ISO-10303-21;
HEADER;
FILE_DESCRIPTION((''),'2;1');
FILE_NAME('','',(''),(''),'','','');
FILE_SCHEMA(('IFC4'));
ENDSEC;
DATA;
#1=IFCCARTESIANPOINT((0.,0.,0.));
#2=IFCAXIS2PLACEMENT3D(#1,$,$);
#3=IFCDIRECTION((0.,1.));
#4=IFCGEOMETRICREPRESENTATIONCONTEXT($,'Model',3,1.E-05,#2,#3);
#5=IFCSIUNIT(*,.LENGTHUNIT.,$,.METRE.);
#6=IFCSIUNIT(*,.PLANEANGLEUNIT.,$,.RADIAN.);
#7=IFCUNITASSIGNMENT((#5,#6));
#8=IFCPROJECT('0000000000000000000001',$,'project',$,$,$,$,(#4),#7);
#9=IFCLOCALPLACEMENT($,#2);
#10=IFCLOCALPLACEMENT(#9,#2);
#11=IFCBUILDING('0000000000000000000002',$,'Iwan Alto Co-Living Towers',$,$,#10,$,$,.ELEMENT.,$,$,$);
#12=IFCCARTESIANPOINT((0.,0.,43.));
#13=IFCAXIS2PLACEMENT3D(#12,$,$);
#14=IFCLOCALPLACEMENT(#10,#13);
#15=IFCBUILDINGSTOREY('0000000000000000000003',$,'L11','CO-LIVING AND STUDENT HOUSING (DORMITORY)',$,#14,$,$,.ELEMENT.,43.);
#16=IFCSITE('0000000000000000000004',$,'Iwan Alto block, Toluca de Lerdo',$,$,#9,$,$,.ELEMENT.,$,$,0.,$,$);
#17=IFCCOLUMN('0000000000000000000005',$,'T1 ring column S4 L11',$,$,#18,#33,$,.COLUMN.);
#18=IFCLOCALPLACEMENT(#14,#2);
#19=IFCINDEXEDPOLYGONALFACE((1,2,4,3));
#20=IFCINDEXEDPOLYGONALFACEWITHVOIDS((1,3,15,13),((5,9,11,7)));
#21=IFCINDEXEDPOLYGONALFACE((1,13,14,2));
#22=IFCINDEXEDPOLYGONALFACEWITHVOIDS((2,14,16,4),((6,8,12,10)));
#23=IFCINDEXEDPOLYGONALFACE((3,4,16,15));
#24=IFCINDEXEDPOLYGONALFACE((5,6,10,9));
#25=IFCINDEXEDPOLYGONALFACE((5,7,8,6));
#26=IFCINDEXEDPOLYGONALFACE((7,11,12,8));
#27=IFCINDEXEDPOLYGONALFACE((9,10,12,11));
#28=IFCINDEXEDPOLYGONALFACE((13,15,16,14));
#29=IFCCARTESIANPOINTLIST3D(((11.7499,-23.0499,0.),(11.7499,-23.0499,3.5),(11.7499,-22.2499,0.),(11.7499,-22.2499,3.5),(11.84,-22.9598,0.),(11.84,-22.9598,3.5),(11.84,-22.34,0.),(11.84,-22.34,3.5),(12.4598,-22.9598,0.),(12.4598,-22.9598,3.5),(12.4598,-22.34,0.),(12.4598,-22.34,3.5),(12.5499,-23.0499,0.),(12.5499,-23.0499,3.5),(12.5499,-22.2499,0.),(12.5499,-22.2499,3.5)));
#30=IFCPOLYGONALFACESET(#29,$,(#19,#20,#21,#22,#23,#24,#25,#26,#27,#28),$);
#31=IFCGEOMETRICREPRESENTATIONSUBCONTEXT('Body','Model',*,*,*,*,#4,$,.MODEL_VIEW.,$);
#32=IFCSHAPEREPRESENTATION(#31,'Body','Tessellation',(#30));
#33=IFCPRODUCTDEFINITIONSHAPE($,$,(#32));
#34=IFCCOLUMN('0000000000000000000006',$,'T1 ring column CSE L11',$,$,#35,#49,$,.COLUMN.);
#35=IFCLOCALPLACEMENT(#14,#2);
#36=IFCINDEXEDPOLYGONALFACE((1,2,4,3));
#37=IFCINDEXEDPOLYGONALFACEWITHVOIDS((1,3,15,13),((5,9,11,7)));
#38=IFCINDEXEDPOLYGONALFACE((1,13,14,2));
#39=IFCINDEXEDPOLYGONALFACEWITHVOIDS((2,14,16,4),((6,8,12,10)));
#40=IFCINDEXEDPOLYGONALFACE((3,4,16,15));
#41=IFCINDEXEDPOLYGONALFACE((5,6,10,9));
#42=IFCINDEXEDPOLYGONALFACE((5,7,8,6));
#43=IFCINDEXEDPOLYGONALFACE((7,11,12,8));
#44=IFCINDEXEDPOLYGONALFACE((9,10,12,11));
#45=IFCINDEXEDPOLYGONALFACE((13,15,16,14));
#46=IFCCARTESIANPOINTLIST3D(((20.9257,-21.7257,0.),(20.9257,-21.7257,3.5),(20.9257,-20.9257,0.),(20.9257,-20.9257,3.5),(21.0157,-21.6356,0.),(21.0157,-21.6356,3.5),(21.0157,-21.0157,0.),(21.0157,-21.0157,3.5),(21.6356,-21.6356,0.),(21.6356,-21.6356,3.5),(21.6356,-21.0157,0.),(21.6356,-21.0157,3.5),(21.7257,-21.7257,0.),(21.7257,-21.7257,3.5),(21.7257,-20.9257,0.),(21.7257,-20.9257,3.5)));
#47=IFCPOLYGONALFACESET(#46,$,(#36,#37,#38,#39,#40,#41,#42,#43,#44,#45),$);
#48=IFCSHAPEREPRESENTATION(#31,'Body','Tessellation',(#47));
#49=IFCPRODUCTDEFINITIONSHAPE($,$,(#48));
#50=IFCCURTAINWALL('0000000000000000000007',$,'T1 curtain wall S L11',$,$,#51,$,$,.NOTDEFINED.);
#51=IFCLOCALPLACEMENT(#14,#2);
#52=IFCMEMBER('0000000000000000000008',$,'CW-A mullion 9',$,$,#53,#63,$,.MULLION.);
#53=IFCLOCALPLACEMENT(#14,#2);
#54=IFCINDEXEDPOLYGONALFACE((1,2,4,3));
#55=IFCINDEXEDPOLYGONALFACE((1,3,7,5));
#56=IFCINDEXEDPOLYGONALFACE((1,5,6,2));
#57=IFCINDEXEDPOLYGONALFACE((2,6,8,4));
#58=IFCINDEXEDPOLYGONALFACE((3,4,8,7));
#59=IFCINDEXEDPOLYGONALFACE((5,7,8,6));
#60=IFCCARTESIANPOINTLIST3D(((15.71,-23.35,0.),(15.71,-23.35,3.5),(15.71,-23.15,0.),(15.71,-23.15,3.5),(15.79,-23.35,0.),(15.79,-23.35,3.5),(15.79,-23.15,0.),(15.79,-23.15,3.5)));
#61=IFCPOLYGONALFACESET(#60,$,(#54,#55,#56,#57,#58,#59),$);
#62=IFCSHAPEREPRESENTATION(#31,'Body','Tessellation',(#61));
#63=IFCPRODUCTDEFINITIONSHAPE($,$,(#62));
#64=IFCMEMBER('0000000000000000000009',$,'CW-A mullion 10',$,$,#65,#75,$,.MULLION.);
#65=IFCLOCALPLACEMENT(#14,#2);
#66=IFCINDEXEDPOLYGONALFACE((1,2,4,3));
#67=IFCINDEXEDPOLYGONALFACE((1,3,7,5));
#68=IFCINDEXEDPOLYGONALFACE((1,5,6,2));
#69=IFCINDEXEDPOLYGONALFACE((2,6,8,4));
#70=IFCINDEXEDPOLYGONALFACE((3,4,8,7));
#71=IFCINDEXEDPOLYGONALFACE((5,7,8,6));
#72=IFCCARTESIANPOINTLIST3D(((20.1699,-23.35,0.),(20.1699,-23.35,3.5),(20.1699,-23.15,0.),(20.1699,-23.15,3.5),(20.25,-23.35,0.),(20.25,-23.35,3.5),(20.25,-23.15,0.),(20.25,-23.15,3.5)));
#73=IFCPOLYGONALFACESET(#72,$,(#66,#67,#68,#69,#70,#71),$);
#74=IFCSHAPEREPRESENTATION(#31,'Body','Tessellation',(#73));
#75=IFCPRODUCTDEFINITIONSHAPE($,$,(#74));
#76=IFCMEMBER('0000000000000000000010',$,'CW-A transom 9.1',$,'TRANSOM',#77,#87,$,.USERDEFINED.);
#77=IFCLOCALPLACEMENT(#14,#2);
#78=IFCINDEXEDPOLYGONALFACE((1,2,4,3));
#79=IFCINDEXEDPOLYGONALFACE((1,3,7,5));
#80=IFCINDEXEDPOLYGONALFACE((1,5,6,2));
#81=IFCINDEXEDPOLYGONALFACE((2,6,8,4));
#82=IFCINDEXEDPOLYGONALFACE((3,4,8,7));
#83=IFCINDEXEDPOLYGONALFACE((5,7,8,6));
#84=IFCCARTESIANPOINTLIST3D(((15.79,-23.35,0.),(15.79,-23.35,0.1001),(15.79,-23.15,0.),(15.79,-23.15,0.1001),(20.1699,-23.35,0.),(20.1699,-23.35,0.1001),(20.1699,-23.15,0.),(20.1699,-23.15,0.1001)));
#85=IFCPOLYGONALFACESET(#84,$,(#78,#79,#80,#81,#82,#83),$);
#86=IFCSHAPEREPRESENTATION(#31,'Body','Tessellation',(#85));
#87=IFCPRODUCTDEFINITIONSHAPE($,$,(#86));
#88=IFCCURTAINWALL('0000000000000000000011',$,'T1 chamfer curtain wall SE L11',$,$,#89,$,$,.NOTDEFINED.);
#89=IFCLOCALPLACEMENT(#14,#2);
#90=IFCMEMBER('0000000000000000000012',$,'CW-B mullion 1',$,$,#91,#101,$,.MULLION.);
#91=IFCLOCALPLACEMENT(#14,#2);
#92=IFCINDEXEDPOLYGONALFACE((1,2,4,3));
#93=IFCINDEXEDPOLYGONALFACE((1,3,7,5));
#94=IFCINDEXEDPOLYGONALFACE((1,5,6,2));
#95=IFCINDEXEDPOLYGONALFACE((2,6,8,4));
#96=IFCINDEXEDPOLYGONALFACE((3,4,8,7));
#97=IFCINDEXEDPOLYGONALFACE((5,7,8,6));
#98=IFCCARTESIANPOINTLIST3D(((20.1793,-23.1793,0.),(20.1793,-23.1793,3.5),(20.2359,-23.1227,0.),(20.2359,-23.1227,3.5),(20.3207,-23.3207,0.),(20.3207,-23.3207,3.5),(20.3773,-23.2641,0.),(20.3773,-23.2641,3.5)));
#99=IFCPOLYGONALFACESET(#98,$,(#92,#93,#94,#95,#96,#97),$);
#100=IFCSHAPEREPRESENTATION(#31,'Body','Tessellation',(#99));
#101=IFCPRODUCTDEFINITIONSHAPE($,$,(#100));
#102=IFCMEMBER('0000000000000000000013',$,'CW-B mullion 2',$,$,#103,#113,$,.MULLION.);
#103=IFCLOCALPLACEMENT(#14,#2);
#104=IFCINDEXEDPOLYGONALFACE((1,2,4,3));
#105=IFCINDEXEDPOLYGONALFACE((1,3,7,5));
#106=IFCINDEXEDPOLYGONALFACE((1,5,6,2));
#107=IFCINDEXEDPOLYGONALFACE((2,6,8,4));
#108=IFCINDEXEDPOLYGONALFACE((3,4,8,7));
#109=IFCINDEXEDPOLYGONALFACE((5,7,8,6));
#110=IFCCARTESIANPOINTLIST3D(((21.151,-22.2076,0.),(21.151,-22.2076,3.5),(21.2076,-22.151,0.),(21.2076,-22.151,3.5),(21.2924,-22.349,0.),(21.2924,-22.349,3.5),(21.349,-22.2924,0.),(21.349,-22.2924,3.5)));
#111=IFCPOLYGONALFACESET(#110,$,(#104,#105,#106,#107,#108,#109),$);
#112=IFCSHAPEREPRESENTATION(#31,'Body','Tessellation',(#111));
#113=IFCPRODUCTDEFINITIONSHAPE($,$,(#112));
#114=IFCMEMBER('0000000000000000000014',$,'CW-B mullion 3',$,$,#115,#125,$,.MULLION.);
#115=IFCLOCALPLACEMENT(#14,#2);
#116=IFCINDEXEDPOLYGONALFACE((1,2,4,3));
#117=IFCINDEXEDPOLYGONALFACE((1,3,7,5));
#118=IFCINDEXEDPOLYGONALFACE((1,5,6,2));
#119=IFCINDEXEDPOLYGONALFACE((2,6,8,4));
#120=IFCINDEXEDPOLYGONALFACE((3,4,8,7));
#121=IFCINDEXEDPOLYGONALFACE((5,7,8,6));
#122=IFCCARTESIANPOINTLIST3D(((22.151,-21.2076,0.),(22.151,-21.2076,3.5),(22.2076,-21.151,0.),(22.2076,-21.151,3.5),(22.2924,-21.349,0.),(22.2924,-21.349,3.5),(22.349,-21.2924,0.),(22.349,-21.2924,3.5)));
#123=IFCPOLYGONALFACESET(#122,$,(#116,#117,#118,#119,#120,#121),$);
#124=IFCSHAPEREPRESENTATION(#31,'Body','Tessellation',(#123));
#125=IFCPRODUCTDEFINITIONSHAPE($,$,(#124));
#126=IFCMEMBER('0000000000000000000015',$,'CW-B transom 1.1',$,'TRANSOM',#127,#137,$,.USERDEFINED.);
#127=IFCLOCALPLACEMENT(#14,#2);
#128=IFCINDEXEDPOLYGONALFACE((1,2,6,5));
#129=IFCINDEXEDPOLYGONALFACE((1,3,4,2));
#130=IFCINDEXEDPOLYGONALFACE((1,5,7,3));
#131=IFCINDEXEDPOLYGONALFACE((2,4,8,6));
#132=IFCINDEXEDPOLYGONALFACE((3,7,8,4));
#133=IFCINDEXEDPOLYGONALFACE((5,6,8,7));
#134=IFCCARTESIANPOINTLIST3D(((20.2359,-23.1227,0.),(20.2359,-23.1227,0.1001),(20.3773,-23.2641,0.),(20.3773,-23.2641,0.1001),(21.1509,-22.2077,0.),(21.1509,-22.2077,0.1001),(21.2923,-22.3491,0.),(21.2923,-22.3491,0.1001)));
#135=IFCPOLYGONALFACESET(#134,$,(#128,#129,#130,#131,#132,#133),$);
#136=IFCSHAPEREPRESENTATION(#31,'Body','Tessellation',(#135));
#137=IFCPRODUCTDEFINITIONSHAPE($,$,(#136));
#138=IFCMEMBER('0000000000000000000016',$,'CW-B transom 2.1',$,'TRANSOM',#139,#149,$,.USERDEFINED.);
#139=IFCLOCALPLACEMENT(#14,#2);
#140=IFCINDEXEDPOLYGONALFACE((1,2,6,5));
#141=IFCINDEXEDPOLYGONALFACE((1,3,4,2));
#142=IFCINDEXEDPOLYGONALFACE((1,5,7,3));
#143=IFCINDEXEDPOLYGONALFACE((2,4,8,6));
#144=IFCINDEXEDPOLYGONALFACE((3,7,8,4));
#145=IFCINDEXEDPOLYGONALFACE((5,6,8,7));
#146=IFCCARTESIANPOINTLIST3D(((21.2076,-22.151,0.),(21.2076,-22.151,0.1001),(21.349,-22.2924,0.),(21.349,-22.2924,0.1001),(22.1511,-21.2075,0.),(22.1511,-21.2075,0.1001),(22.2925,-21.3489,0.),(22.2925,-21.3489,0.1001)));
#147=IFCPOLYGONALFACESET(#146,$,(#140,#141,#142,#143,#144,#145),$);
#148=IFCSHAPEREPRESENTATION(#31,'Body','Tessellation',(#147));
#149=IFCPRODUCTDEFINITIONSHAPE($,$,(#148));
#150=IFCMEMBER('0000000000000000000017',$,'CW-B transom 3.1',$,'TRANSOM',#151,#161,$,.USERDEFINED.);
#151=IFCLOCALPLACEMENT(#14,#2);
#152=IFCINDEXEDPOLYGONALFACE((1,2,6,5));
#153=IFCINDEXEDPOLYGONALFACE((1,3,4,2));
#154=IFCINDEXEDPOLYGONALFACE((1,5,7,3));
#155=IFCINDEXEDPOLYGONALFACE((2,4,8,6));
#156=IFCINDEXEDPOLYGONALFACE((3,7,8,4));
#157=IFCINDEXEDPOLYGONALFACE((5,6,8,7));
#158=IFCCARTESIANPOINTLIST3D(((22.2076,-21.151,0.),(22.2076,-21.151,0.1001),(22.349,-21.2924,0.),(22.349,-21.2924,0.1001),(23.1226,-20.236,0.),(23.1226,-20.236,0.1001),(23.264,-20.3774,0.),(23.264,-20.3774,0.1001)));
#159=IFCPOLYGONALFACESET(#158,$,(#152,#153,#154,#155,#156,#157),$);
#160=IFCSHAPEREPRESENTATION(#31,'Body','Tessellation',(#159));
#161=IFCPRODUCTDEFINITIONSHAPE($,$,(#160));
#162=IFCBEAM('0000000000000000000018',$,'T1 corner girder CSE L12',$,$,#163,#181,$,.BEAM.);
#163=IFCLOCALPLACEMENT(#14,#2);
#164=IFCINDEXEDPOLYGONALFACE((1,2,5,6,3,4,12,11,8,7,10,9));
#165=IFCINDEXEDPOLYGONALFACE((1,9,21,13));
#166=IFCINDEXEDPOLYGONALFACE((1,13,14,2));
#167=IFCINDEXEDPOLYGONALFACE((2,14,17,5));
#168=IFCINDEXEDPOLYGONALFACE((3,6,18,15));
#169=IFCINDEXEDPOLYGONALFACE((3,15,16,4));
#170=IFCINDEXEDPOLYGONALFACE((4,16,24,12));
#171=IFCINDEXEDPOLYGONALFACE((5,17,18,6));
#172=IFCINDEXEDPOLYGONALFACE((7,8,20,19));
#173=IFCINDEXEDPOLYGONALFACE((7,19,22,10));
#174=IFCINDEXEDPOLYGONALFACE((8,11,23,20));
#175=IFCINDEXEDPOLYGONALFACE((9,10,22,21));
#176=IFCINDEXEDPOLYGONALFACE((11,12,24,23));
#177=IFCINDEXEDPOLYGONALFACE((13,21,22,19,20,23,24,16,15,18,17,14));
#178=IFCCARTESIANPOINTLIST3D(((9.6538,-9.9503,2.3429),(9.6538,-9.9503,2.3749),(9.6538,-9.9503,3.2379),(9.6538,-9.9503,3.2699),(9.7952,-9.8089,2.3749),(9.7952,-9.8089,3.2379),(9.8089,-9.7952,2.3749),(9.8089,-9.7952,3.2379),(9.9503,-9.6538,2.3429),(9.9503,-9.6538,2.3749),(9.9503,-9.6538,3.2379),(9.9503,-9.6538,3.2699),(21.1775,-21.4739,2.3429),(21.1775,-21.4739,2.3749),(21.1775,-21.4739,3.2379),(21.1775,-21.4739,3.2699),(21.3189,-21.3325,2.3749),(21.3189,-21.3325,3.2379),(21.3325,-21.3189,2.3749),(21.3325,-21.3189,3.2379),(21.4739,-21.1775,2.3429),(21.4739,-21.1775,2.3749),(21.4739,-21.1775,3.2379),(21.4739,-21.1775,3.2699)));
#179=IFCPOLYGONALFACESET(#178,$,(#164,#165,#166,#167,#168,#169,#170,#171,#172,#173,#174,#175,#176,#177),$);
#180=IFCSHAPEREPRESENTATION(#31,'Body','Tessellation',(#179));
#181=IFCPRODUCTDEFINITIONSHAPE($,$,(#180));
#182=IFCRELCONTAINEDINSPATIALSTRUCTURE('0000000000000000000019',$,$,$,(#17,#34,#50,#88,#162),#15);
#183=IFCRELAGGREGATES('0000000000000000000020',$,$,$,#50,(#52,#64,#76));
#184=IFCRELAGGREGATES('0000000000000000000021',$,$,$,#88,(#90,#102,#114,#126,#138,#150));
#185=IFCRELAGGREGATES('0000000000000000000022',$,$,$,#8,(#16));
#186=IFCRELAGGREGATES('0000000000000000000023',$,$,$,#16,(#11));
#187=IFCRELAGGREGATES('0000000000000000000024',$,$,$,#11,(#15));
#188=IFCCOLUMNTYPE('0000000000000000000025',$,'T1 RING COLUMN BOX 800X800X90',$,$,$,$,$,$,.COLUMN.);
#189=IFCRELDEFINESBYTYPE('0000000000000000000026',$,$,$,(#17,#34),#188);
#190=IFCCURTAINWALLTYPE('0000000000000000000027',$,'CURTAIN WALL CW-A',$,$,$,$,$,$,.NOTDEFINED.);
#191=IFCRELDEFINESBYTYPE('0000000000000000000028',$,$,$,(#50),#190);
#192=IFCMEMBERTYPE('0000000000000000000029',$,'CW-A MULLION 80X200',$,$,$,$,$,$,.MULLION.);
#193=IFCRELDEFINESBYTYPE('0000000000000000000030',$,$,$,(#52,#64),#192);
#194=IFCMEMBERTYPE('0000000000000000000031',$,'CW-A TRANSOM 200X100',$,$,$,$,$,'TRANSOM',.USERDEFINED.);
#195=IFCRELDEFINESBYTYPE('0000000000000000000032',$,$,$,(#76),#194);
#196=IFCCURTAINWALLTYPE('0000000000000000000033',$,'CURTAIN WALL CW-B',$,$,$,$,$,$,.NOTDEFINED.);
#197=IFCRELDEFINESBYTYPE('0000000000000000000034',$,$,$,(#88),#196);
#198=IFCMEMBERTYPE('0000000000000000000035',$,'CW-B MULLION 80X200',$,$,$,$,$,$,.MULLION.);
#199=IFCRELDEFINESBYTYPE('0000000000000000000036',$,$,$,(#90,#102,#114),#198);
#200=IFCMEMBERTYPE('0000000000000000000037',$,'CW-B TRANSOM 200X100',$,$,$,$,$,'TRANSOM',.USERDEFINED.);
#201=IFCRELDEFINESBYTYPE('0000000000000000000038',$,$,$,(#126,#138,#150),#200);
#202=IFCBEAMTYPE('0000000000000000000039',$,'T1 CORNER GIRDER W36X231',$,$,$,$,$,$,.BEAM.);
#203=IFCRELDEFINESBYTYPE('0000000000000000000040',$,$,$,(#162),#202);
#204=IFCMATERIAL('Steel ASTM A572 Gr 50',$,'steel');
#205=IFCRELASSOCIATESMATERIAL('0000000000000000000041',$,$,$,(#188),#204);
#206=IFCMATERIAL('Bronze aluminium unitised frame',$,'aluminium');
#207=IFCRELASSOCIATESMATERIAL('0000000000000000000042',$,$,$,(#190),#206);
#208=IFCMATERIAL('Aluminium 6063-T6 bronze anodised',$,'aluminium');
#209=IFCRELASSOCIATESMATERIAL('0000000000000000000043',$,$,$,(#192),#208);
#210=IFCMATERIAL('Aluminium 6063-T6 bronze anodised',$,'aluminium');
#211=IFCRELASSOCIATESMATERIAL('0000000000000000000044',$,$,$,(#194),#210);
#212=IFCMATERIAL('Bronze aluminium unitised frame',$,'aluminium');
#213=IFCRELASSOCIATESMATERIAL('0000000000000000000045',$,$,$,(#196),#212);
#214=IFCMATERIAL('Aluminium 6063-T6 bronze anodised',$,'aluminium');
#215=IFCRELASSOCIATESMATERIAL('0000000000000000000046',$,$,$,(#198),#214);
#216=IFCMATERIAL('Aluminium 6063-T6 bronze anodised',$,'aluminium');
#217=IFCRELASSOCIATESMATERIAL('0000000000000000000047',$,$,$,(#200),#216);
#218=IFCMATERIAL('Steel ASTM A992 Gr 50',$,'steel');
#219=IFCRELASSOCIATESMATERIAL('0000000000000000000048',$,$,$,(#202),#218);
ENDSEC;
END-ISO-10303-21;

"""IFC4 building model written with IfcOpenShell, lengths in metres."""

from ifc_helpers import new_model, si_unit, direction, frame, origin, origin_2d, place, context, subcontext, project, spatial, rectangle, hollow_rectangle, i_section, extrude, material, material_profile, profile_set, type_object, element, aggregate, save


model = new_model("IFC4")

# Units and contexts
model_context = context("Model", 3, precision=1e-05, world=origin(), true_north=direction((0.0, 1.0)))
body_context = subcontext(model_context, "Body", "Model", "MODEL_VIEW")
ifc_project = project(units=[si_unit("LENGTHUNIT", "METRE"), si_unit("PLANEANGLEUNIT", "RADIAN")], contexts=[model_context])

# Site, building, storey
site_placement = place(None, origin())
site = spatial("IfcSite", under=ifc_project, at=site_placement, Name="Iwan Alto block, Toluca de Lerdo", CompositionType="ELEMENT", RefElevation=0.0)
building_placement = place(site_placement, origin())
building = spatial("IfcBuilding", under=site, at=building_placement, Name="Iwan Alto Co-Living Towers", CompositionType="ELEMENT")
storey_placement = place(building_placement, frame((0.0, 0.0, 43.0)))
storey = spatial("IfcBuildingStorey", under=building, at=storey_placement, Name="L11", Description="CO-LIVING AND STUDENT HOUSING (DORMITORY)", CompositionType="ELEMENT", Elevation=43.0)

# Columns
ifc_material_1 = material(Name="Steel ASTM A572 Gr 50", Category="steel")
ifc_material_profile_1 = material_profile(ifc_material_1, hollow_rectangle(XDim=0.8, YDim=0.8, WallThickness=0.0901, at=origin_2d()), Name="BOX 800X800X90")
ifc_profile_set_1 = profile_set([ifc_material_profile_1], Name="Steel ASTM A572 Gr 50")
column_type = type_object("IfcColumnType", Name="T1 RING COLUMN BOX 800X800X90", PredefinedType="COLUMN", material=ifc_profile_set_1)
for number, where, z_axis, x_axis, name in (
    (1, (12.1499, -22.6499, 0.0), (0.0, 0.0, 1.0), (1.0, 0.0, 0.0), "T1 ring column S4 L11"),
    (2, (21.3257, -21.3257, 0.0), (0.0, 0.0, 1.0), (1.0, 0.0, 0.0), "T1 ring column CSE L11"),
):
    element("IfcColumn", number, at=place(storey_placement, frame(where, z_axis=z_axis, x_axis=x_axis)), inside=storey, type_object=column_type, Name=name, PredefinedType="COLUMN", context=body_context, shape_type="SweptSolid", body=[
        extrude(hollow_rectangle(XDim=0.8, YDim=0.8, WallThickness=0.0901, at=origin_2d()), origin(), (0.0, 0.0, 1.0), 3.5),
    ])

# Curtain walls, members
ifc_material_2 = material(Name="Bronze aluminium unitised frame", Category="aluminium")
curtain_wall_type_1 = type_object("IfcCurtainWallType", Name="CURTAIN WALL CW-A", PredefinedType="NOTDEFINED", material=ifc_material_2)
curtain_wall_1_placement = place(storey_placement, origin())
curtain_wall_1 = element("IfcCurtainWall", 3, at=curtain_wall_1_placement, inside=storey, type_object=curtain_wall_type_1, Name="T1 curtain wall S L11", PredefinedType="NOTDEFINED")
ifc_material_3 = material(Name="Aluminium 6063-T6 bronze anodised", Category="aluminium")
ifc_material_profile_2 = material_profile(ifc_material_3, rectangle(XDim=0.2, YDim=0.0801, at=origin_2d()), Name="AL 80X200")
ifc_profile_set_2 = profile_set([ifc_material_profile_2], Name="Aluminium 6063-T6 bronze anodised")
member_type_1 = type_object("IfcMemberType", Name="CW-A MULLION 80X200", PredefinedType="MULLION", material=ifc_profile_set_2)
member_1_placement = place(storey_placement, frame((15.75, -23.25, 0.0), z_axis=(0.0, 0.0, 1.0), x_axis=(0.0, 1.0, 0.0)))
member_1 = element("IfcMember", 4, at=member_1_placement, type_object=member_type_1, Name="CW-A mullion 9", PredefinedType="MULLION", context=body_context, shape_type="SweptSolid", body=[
    extrude(rectangle(XDim=0.2, YDim=0.0801, at=origin_2d()), origin(), (0.0, 0.0, 1.0), 3.5),
])
member_2_placement = place(storey_placement, frame((20.21, -23.25, 0.0), z_axis=(0.0, 0.0, 1.0), x_axis=(0.0, 1.0, 0.0)))
member_2 = element("IfcMember", 5, at=member_2_placement, type_object=member_type_1, Name="CW-A mullion 10", PredefinedType="MULLION", context=body_context, shape_type="SweptSolid", body=[
    extrude(rectangle(XDim=0.2, YDim=0.0801, at=origin_2d()), origin(), (0.0, 0.0, 1.0), 3.5),
])
ifc_material_4 = material(Name="Aluminium 6063-T6 bronze anodised", Category="aluminium")
ifc_material_profile_3 = material_profile(ifc_material_4, rectangle(XDim=0.2, YDim=0.1001, at=origin_2d()), Name="AL 200X100")
ifc_profile_set_3 = profile_set([ifc_material_profile_3], Name="Aluminium 6063-T6 bronze anodised")
member_type_2 = type_object("IfcMemberType", Name="CW-A TRANSOM 200X100", ElementType="TRANSOM", PredefinedType="USERDEFINED", material=ifc_profile_set_3)
member_3_placement = place(storey_placement, frame((15.79, -23.25, 0.05), z_axis=(1.0, 0.0, 0.0), x_axis=(0.0, 1.0, 0.0)))
member_3 = element("IfcMember", 6, at=member_3_placement, type_object=member_type_2, Name="CW-A transom 9.1", ObjectType="TRANSOM", PredefinedType="USERDEFINED", context=body_context, shape_type="SweptSolid", body=[
    extrude(rectangle(XDim=0.2, YDim=0.1001, at=origin_2d()), origin(), (0.0, 0.0, 1.0), 4.3799),
])
ifc_material_5 = material(Name="Bronze aluminium unitised frame", Category="aluminium")
curtain_wall_type_2 = type_object("IfcCurtainWallType", Name="CURTAIN WALL CW-B", PredefinedType="NOTDEFINED", material=ifc_material_5)
curtain_wall_2_placement = place(storey_placement, origin())
curtain_wall_2 = element("IfcCurtainWall", 7, at=curtain_wall_2_placement, inside=storey, type_object=curtain_wall_type_2, Name="T1 chamfer curtain wall SE L11", PredefinedType="NOTDEFINED")
ifc_material_6 = material(Name="Aluminium 6063-T6 bronze anodised", Category="aluminium")
ifc_material_profile_4 = material_profile(ifc_material_6, rectangle(XDim=0.2, YDim=0.0801, at=origin_2d()), Name="AL 80X200")
ifc_profile_set_4 = profile_set([ifc_material_profile_4], Name="Aluminium 6063-T6 bronze anodised")
member_type_3 = type_object("IfcMemberType", Name="CW-B MULLION 80X200", PredefinedType="MULLION", material=ifc_profile_set_4)
member_4_placement = place(storey_placement, frame((20.2783, -23.2217, 0.0), z_axis=(0.0, 0.0, 1.0), x_axis=(-0.707107, 0.707107, 0.0)))
member_4 = element("IfcMember", 8, at=member_4_placement, type_object=member_type_3, Name="CW-B mullion 1", PredefinedType="MULLION", context=body_context, shape_type="SweptSolid", body=[
    extrude(rectangle(XDim=0.2, YDim=0.0801, at=origin_2d()), origin(), (0.0, 0.0, 1.0), 3.5),
])
member_5_placement = place(storey_placement, frame((21.25, -22.25, 0.0), z_axis=(0.0, 0.0, 1.0), x_axis=(-0.707107, 0.707107, 0.0)))
member_5 = element("IfcMember", 9, at=member_5_placement, type_object=member_type_3, Name="CW-B mullion 2", PredefinedType="MULLION", context=body_context, shape_type="SweptSolid", body=[
    extrude(rectangle(XDim=0.2, YDim=0.0801, at=origin_2d()), origin(), (0.0, 0.0, 1.0), 3.5),
])
member_6_placement = place(storey_placement, frame((22.25, -21.25, 0.0), z_axis=(0.0, 0.0, 1.0), x_axis=(-0.707107, 0.707107, 0.0)))
member_6 = element("IfcMember", 10, at=member_6_placement, type_object=member_type_3, Name="CW-B mullion 3", PredefinedType="MULLION", context=body_context, shape_type="SweptSolid", body=[
    extrude(rectangle(XDim=0.2, YDim=0.0801, at=origin_2d()), origin(), (0.0, 0.0, 1.0), 3.5),
])
ifc_material_7 = material(Name="Aluminium 6063-T6 bronze anodised", Category="aluminium")
ifc_material_profile_5 = material_profile(ifc_material_7, rectangle(XDim=0.2, YDim=0.1001, at=origin_2d()), Name="AL 200X100")
ifc_profile_set_5 = profile_set([ifc_material_profile_5], Name="Aluminium 6063-T6 bronze anodised")
member_type_4 = type_object("IfcMemberType", Name="CW-B TRANSOM 200X100", ElementType="TRANSOM", PredefinedType="USERDEFINED", material=ifc_profile_set_5)
member_7_placement = place(storey_placement, frame((20.3066, -23.1934, 0.05), z_axis=(0.707107, 0.707107, 0.0), x_axis=(-0.707107, 0.707107, 0.0)))
member_7 = element("IfcMember", 11, at=member_7_placement, type_object=member_type_4, Name="CW-B transom 1.1", ObjectType="TRANSOM", PredefinedType="USERDEFINED", context=body_context, shape_type="SweptSolid", body=[
    extrude(rectangle(XDim=0.2, YDim=0.1001, at=origin_2d()), origin(), (0.0, 0.0, 1.0), 1.2939),
])
member_8_placement = place(storey_placement, frame((21.2783, -22.2217, 0.05), z_axis=(0.707107, 0.707107, 0.0), x_axis=(-0.707107, 0.707107, 0.0)))
member_8 = element("IfcMember", 12, at=member_8_placement, type_object=member_type_4, Name="CW-B transom 2.1", ObjectType="TRANSOM", PredefinedType="USERDEFINED", context=body_context, shape_type="SweptSolid", body=[
    extrude(rectangle(XDim=0.2, YDim=0.1001, at=origin_2d()), origin(), (0.0, 0.0, 1.0), 1.3342),
])
member_9_placement = place(storey_placement, frame((22.2783, -21.2217, 0.05), z_axis=(0.707107, 0.707107, 0.0), x_axis=(-0.707107, 0.707107, 0.0)))
member_9 = element("IfcMember", 13, at=member_9_placement, type_object=member_type_4, Name="CW-B transom 3.1", ObjectType="TRANSOM", PredefinedType="USERDEFINED", context=body_context, shape_type="SweptSolid", body=[
    extrude(rectangle(XDim=0.2, YDim=0.1001, at=origin_2d()), origin(), (0.0, 0.0, 1.0), 1.2939),
])

# Beam
ifc_material_8 = material(Name="Steel ASTM A992 Gr 50", Category="steel")
ifc_material_profile_6 = material_profile(ifc_material_8, i_section(OverallWidth=0.4192, OverallDepth=0.927, WebThickness=0.0193, FlangeThickness=0.032, at=origin_2d()), Name="W36X231")
ifc_profile_set_6 = profile_set([ifc_material_profile_6], Name="Steel ASTM A992 Gr 50")
beam_type_1 = type_object("IfcBeamType", Name="T1 CORNER GIRDER W36X231", PredefinedType="BEAM", material=ifc_profile_set_6)
beam_1_placement = place(storey_placement, frame((21.3257, -21.3257, 2.8064), z_axis=(-0.707107, 0.707107, 0.0), x_axis=(-0.707107, -0.707107, 0.0)))
element("IfcBeam", 14, at=beam_1_placement, inside=storey, type_object=beam_type_1, Name="T1 corner girder CSE L12", PredefinedType="BEAM", context=body_context, shape_type="SweptSolid", body=[
    extrude(i_section(OverallWidth=0.4192, OverallDepth=0.927, WebThickness=0.0193, FlangeThickness=0.032, at=origin_2d()), origin(), (0.0, 0.0, 1.0), 16.2969),
])

aggregate(curtain_wall_1, [member_1, member_2, member_3])
aggregate(curtain_wall_2, [member_4, member_5, member_6, member_7, member_8, member_9])

save(model, "model.ifc")
